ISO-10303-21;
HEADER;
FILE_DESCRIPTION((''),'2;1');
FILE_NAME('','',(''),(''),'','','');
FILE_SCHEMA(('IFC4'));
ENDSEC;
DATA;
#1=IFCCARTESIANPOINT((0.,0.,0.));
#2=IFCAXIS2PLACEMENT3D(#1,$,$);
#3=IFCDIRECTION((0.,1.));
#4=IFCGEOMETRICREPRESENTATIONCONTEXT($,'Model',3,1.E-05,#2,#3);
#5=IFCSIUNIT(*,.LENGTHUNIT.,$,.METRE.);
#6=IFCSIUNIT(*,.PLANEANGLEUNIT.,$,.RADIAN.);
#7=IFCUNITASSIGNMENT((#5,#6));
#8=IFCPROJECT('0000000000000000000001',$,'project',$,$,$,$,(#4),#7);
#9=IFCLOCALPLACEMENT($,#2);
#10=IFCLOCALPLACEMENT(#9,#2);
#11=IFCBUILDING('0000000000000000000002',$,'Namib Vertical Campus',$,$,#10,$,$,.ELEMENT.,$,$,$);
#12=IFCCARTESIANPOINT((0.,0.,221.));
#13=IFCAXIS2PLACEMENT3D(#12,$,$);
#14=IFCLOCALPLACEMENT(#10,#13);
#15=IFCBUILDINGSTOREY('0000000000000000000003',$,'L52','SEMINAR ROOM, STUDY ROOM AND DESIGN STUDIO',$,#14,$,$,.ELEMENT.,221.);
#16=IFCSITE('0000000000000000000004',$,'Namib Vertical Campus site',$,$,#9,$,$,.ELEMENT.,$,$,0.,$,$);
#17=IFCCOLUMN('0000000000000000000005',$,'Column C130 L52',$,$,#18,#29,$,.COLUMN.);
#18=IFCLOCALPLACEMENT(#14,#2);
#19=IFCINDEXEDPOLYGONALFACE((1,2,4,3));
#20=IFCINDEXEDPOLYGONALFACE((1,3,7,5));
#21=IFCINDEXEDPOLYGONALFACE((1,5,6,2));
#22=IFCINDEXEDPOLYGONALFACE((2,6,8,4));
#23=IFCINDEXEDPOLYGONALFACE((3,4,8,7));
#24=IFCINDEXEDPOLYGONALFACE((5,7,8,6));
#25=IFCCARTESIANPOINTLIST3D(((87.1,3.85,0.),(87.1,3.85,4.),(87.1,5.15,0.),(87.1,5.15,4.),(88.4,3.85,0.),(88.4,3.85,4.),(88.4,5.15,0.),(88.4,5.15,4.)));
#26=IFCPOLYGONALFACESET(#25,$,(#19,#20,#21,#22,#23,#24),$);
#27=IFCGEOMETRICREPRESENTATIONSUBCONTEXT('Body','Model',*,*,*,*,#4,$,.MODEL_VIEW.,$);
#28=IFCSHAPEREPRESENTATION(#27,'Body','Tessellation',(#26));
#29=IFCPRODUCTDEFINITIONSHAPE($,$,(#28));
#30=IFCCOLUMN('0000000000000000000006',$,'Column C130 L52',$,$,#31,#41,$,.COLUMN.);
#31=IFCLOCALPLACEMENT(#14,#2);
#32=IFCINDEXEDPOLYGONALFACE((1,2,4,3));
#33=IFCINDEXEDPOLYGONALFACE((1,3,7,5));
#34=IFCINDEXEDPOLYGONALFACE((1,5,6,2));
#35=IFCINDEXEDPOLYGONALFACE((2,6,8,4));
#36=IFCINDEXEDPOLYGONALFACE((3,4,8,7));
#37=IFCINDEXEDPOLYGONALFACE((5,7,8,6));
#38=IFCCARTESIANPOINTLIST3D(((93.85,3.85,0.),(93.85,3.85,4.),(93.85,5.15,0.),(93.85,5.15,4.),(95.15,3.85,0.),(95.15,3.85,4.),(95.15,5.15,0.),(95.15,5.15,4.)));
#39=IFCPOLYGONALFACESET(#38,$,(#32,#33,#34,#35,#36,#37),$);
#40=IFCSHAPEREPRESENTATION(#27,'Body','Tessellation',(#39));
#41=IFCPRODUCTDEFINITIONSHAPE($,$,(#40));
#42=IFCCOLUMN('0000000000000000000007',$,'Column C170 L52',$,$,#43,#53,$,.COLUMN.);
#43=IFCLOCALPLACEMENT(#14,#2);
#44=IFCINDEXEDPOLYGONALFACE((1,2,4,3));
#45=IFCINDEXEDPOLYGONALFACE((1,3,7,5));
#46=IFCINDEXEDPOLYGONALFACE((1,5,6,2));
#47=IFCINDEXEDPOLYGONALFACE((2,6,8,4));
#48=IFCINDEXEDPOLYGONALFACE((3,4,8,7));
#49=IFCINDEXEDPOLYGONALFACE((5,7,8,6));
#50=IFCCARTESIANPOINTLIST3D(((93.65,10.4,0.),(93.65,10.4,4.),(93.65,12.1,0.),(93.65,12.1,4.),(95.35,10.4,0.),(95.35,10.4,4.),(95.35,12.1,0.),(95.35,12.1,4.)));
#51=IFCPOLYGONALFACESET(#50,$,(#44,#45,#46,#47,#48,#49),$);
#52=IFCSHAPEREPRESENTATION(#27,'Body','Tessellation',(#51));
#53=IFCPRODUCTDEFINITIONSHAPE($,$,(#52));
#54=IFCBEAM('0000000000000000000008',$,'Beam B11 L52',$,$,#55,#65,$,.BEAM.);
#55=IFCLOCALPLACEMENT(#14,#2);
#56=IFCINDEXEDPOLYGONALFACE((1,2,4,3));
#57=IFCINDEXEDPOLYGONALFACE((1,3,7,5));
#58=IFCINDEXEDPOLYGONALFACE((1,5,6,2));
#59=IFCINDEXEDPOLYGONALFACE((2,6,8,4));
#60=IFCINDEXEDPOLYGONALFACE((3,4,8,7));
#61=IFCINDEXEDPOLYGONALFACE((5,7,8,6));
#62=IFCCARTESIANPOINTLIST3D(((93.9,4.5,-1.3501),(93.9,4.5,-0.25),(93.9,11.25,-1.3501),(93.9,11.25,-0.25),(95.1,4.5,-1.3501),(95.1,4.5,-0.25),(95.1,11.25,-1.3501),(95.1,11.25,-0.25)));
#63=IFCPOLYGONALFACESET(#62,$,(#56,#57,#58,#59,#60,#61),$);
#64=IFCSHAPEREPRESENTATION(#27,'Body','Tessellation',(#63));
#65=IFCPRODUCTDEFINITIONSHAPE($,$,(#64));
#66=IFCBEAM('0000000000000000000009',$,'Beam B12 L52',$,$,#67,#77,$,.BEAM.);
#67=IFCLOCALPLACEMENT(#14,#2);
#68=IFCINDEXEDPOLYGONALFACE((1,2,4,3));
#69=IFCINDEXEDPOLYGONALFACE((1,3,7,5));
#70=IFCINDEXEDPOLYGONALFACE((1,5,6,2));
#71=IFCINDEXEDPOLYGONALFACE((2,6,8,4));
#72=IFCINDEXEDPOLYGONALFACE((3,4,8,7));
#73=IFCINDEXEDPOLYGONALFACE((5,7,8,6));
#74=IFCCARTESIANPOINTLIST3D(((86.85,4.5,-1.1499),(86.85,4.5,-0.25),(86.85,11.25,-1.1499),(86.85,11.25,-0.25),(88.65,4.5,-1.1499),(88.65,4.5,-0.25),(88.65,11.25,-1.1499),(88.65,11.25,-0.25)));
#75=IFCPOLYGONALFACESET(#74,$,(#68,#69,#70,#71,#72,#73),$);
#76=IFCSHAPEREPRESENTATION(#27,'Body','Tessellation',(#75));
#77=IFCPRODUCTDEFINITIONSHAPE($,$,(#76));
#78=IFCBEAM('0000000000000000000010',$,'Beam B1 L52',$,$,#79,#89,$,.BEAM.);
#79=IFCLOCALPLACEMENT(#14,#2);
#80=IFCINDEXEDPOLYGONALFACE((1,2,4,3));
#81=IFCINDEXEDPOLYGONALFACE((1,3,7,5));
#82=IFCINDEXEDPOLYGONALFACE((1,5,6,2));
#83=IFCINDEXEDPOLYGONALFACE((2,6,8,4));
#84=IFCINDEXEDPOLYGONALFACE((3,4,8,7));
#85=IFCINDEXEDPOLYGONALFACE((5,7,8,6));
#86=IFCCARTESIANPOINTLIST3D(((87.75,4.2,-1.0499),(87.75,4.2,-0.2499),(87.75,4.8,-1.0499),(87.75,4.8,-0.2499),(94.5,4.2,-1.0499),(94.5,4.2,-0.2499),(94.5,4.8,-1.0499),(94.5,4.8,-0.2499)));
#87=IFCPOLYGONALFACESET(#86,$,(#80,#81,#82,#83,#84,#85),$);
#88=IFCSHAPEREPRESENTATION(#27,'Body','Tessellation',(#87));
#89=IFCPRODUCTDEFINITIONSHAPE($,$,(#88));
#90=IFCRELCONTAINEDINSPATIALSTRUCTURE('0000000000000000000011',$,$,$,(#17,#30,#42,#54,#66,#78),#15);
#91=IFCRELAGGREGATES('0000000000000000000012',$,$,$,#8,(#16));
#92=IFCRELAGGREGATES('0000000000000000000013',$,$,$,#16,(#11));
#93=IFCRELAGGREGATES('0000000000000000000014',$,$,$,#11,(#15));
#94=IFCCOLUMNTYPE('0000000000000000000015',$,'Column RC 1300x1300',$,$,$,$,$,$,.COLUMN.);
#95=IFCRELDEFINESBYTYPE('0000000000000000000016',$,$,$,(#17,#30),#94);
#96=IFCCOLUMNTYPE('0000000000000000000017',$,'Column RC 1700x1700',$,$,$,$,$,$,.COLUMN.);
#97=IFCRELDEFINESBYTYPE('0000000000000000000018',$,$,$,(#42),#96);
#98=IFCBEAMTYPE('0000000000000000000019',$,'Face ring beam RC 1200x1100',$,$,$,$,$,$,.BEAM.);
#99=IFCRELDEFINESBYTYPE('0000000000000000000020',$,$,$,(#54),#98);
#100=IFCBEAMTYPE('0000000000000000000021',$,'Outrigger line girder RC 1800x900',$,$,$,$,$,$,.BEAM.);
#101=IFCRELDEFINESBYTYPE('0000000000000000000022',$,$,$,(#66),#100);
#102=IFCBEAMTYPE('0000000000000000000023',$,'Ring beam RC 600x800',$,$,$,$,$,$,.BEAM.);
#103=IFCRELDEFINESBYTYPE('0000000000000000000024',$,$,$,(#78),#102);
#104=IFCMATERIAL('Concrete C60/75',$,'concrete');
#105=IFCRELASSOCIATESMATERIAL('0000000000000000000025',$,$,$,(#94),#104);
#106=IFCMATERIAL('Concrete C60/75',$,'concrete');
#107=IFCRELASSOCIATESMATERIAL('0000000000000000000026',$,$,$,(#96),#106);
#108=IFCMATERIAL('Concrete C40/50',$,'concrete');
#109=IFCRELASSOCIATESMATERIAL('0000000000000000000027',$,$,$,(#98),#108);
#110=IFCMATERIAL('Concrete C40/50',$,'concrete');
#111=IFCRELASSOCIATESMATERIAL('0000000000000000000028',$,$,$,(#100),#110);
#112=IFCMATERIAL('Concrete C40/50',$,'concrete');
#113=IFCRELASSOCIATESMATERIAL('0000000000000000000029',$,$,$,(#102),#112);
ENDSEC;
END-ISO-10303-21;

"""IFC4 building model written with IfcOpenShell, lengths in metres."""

from ifc_helpers import new_model, si_unit, direction, frame, origin, origin_2d, place, context, subcontext, project, spatial, rectangle, extrude, material, material_profile, profile_set, type_object, element, save


model = new_model("IFC4")

# Units and contexts
model_context = context("Model", 3, precision=1e-05, world=origin(), true_north=direction((0.0, 1.0)))
body_context = subcontext(model_context, "Body", "Model", "MODEL_VIEW")
ifc_project = project(units=[si_unit("LENGTHUNIT", "METRE"), si_unit("PLANEANGLEUNIT", "RADIAN")], contexts=[model_context])

# Site, building, storey
site_placement = place(None, origin())
site = spatial("IfcSite", under=ifc_project, at=site_placement, Name="Namib Vertical Campus site", CompositionType="ELEMENT", RefElevation=0.0)
building_placement = place(site_placement, origin())
building = spatial("IfcBuilding", under=site, at=building_placement, Name="Namib Vertical Campus", CompositionType="ELEMENT")
storey_placement = place(building_placement, frame((0.0, 0.0, 221.0)))
storey = spatial("IfcBuildingStorey", under=building, at=storey_placement, Name="L52", Description="SEMINAR ROOM, STUDY ROOM AND DESIGN STUDIO", CompositionType="ELEMENT", Elevation=221.0)

# Columns
ifc_material_1 = material(Name="Concrete C60/75", Category="concrete")
ifc_material_profile_1 = material_profile(ifc_material_1, rectangle(XDim=1.3, YDim=1.3, at=origin_2d()))
ifc_profile_set_1 = profile_set([ifc_material_profile_1], Name="Concrete C60/75")
column_type_1 = type_object("IfcColumnType", Name="Column RC 1300x1300", PredefinedType="COLUMN", material=ifc_profile_set_1)
for number, where, z_axis, x_axis, name in (
    (1, (87.75, 4.5, 0.0), (0.0, 0.0, 1.0), (1.0, 0.0, 0.0), "Column C130 L52"),
    (2, (94.5, 4.5, 0.0), (0.0, 0.0, 1.0), (1.0, 0.0, 0.0), "Column C130 L52"),
):
    element("IfcColumn", number, at=place(storey_placement, frame(where, z_axis=z_axis, x_axis=x_axis)), inside=storey, type_object=column_type_1, Name=name, PredefinedType="COLUMN", context=body_context, shape_type="SweptSolid", body=[
        extrude(rectangle(XDim=1.3, YDim=1.3, at=origin_2d()), origin(), (0.0, 0.0, 1.0), 4.0),
    ])
ifc_material_2 = material(Name="Concrete C60/75", Category="concrete")
ifc_material_profile_2 = material_profile(ifc_material_2, rectangle(XDim=1.7, YDim=1.7, at=origin_2d()))
ifc_profile_set_2 = profile_set([ifc_material_profile_2], Name="Concrete C60/75")
column_type_2 = type_object("IfcColumnType", Name="Column RC 1700x1700", PredefinedType="COLUMN", material=ifc_profile_set_2)
column_placement = place(storey_placement, frame((94.5, 11.25, 0.0), z_axis=(0.0, 0.0, 1.0), x_axis=(1.0, 0.0, 0.0)))
element("IfcColumn", 3, at=column_placement, inside=storey, type_object=column_type_2, Name="Column C170 L52", PredefinedType="COLUMN", context=body_context, shape_type="SweptSolid", body=[
    extrude(rectangle(XDim=1.7, YDim=1.7, at=origin_2d()), origin(), (0.0, 0.0, 1.0), 4.0),
])

# Beams
ifc_material_3 = material(Name="Concrete C40/50", Category="concrete")
ifc_material_profile_3 = material_profile(ifc_material_3, rectangle(XDim=1.2, YDim=1.1001, at=origin_2d()))
ifc_profile_set_3 = profile_set([ifc_material_profile_3], Name="Concrete C40/50")
beam_type_1 = type_object("IfcBeamType", Name="Face ring beam RC 1200x1100", PredefinedType="BEAM", material=ifc_profile_set_3)
beam_1_placement = place(storey_placement, frame((94.5, 4.5, -0.8), z_axis=(0.0, 1.0, 0.0), x_axis=(-1.0, 0.0, 0.0)))
element("IfcBeam", 4, at=beam_1_placement, inside=storey, type_object=beam_type_1, Name="Beam B11 L52", PredefinedType="BEAM", context=body_context, shape_type="SweptSolid", body=[
    extrude(rectangle(XDim=1.2, YDim=1.1001, at=origin_2d()), origin(), (0.0, 0.0, 1.0), 6.75),
])
ifc_material_4 = material(Name="Concrete C40/50", Category="concrete")
ifc_material_profile_4 = material_profile(ifc_material_4, rectangle(XDim=1.8, YDim=0.8999, at=origin_2d()))
ifc_profile_set_4 = profile_set([ifc_material_profile_4], Name="Concrete C40/50")
beam_type_2 = type_object("IfcBeamType", Name="Outrigger line girder RC 1800x900", PredefinedType="BEAM", material=ifc_profile_set_4)
beam_2_placement = place(storey_placement, frame((87.75, 4.5, -0.7), z_axis=(0.0, 1.0, 0.0), x_axis=(-1.0, 0.0, 0.0)))
element("IfcBeam", 5, at=beam_2_placement, inside=storey, type_object=beam_type_2, Name="Beam B12 L52", PredefinedType="BEAM", context=body_context, shape_type="SweptSolid", body=[
    extrude(rectangle(XDim=1.8, YDim=0.8999, at=origin_2d()), origin(), (0.0, 0.0, 1.0), 6.75),
])
ifc_material_5 = material(Name="Concrete C40/50", Category="concrete")
ifc_material_profile_5 = material_profile(ifc_material_5, rectangle(XDim=0.6001, YDim=0.8, at=origin_2d()))
ifc_profile_set_5 = profile_set([ifc_material_profile_5], Name="Concrete C40/50")
beam_type_3 = type_object("IfcBeamType", Name="Ring beam RC 600x800", PredefinedType="BEAM", material=ifc_profile_set_5)
beam_3_placement = place(storey_placement, frame((87.75, 4.5, -0.6499), z_axis=(1.0, 0.0, 0.0), x_axis=(0.0, 1.0, 0.0)))
element("IfcBeam", 6, at=beam_3_placement, inside=storey, type_object=beam_type_3, Name="Beam B1 L52", PredefinedType="BEAM", context=body_context, shape_type="SweptSolid", body=[
    extrude(rectangle(XDim=0.6001, YDim=0.8, at=origin_2d()), origin(), (0.0, 0.0, 1.0), 6.75),
])

save(model, "model.ifc")
